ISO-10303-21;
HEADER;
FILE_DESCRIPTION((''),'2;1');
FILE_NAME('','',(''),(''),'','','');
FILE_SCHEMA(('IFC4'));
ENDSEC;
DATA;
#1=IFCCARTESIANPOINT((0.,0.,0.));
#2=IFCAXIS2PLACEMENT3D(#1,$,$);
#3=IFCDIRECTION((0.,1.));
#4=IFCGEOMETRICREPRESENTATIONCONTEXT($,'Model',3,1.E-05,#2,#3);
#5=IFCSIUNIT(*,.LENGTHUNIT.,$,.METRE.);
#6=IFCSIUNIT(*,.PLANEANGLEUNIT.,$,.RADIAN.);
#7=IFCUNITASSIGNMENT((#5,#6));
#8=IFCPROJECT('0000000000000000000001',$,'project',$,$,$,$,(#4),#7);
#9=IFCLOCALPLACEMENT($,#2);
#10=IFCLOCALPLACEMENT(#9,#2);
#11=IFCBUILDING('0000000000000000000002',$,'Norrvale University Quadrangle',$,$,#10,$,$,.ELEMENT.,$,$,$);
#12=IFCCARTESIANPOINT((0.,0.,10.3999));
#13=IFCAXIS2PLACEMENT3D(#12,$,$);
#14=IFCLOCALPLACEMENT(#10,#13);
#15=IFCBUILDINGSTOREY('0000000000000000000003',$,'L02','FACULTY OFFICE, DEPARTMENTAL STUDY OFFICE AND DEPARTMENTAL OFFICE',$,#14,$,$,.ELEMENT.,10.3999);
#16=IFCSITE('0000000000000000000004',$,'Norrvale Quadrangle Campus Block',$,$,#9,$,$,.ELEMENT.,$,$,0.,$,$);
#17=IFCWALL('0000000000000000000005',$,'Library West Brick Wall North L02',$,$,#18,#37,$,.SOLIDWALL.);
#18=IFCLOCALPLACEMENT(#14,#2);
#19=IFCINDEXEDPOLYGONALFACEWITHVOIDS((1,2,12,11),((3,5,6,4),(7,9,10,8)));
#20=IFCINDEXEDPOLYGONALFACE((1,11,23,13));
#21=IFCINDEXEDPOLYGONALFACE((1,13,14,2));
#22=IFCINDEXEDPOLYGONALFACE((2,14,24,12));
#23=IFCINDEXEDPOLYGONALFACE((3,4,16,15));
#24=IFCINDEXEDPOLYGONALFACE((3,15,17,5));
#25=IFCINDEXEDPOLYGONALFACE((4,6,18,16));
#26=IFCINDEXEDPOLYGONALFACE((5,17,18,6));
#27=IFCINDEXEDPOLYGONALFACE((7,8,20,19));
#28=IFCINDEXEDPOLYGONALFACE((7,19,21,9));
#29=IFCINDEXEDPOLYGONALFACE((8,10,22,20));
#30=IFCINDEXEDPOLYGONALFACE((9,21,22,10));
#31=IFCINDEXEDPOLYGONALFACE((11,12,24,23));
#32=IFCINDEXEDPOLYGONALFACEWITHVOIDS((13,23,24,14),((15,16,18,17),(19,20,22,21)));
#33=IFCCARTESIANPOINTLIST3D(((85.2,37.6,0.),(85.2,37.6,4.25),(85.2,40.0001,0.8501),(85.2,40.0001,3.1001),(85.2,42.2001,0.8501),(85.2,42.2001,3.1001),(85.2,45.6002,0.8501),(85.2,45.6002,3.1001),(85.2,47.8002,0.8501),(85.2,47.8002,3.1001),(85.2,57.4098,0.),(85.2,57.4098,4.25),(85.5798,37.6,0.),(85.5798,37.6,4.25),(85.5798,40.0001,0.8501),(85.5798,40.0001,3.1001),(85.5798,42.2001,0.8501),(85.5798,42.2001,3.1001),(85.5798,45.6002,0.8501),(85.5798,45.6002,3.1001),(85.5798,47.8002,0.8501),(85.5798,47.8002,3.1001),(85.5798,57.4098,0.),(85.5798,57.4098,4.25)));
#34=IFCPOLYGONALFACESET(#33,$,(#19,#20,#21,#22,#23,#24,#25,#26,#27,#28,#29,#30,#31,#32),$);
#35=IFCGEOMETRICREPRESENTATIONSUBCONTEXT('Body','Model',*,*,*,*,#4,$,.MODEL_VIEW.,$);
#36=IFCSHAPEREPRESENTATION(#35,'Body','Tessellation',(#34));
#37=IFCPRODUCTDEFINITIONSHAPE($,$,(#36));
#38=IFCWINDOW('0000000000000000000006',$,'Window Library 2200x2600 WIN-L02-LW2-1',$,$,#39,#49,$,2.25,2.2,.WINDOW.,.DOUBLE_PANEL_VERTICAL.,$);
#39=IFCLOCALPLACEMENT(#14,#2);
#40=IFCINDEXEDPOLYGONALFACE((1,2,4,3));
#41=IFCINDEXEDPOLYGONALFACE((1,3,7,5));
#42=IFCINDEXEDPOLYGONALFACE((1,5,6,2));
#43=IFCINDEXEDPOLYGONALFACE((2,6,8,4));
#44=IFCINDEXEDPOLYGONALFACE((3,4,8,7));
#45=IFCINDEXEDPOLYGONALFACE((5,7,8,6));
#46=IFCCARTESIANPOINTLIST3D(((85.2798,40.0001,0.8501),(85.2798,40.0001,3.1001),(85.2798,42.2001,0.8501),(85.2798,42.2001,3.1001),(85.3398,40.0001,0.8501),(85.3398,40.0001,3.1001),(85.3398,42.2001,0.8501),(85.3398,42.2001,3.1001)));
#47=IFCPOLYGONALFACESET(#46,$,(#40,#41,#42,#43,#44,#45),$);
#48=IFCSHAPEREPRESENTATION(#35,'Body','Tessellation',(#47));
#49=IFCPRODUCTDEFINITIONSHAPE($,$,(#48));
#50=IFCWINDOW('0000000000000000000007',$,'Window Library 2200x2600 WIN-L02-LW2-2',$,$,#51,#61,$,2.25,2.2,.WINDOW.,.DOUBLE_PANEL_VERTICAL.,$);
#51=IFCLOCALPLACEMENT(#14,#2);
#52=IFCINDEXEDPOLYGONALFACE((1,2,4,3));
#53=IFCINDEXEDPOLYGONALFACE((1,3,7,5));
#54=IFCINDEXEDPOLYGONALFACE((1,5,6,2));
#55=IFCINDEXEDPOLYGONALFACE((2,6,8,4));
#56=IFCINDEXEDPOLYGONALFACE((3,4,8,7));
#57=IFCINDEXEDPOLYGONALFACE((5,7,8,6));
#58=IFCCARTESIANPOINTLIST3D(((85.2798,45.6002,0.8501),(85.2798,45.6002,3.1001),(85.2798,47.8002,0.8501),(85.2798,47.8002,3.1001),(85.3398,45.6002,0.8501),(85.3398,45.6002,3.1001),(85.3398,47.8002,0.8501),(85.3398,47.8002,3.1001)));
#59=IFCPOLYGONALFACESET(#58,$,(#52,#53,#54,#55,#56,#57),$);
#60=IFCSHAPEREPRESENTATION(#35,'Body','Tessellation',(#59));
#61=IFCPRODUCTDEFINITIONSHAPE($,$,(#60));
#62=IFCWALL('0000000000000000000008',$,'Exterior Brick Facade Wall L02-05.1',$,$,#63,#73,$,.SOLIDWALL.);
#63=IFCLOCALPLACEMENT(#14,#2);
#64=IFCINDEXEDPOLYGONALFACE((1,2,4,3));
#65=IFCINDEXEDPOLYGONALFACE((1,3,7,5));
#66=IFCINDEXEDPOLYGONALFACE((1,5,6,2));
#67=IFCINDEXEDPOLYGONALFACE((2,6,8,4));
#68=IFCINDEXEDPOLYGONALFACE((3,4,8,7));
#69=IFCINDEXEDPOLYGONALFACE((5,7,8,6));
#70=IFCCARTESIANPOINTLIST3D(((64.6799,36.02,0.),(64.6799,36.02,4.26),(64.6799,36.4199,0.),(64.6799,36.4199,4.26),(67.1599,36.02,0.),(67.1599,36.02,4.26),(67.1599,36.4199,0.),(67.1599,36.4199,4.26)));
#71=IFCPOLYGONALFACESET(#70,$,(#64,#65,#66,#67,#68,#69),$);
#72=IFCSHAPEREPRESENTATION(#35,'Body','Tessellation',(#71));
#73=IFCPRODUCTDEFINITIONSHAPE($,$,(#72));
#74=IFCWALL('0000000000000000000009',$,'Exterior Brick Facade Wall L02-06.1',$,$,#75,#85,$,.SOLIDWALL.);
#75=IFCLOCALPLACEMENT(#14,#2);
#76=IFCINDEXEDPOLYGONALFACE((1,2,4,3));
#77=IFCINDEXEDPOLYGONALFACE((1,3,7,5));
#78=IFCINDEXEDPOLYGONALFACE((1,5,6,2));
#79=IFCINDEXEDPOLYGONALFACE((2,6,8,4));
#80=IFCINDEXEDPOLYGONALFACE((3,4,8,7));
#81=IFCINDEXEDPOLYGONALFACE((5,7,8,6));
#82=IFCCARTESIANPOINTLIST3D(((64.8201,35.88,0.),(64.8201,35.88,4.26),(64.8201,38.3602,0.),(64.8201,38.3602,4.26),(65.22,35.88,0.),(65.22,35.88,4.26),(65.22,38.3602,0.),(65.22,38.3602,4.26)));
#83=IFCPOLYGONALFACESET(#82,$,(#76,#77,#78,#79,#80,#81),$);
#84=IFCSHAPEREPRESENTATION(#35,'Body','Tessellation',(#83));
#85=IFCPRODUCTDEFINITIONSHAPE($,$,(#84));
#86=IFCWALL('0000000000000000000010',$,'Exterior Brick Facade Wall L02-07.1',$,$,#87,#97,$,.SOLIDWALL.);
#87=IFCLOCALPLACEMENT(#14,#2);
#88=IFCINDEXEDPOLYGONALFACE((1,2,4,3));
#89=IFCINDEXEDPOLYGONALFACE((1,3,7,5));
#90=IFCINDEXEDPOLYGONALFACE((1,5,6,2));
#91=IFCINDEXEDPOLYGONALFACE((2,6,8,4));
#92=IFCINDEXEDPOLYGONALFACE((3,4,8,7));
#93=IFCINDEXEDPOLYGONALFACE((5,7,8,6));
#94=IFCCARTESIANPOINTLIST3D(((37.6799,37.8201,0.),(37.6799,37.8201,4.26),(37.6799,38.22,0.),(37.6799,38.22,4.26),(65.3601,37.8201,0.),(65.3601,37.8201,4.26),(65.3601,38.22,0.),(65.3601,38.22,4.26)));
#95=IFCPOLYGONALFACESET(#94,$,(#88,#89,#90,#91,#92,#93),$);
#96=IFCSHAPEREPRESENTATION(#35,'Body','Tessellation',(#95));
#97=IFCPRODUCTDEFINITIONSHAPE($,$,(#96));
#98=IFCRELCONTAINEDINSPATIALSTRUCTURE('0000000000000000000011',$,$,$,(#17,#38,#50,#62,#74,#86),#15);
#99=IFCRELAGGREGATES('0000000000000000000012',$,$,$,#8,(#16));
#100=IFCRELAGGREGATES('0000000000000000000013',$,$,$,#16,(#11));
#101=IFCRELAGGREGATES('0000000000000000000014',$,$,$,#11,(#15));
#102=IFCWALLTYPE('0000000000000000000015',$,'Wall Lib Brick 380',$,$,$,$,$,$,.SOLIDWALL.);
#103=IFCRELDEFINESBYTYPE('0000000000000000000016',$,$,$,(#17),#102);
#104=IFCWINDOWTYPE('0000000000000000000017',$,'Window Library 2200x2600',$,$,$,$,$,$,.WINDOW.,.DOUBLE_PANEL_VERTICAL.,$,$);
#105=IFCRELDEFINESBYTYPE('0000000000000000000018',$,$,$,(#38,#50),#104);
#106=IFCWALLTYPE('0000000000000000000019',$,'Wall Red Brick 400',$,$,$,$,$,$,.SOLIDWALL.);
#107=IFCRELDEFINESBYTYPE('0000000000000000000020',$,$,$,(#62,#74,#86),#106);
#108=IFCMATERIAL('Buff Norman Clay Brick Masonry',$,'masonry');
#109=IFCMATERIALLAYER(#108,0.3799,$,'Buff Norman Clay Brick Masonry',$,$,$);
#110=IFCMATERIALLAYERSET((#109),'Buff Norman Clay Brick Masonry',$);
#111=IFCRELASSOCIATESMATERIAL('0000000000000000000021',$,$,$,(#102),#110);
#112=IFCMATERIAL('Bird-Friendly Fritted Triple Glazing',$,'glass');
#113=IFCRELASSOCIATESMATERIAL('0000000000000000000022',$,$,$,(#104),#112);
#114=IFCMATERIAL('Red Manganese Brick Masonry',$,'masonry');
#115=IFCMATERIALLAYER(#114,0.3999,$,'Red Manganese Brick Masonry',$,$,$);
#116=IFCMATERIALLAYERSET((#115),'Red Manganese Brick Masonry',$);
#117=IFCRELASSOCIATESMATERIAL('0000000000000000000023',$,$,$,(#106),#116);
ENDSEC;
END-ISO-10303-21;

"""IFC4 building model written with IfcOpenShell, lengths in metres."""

from ifc_helpers import new_model, si_unit, direction, frame, frame_2d, origin, place, context, subcontext, project, spatial, rectangle, extrude, material, layer, layer_set, type_object, element, fill, save


model = new_model("IFC4")

# Units and contexts
model_context = context("Model", 3, precision=1e-05, world=origin(), true_north=direction((0.0, 1.0)))
body_context = subcontext(model_context, "Body", "Model", "MODEL_VIEW")
ifc_project = project(units=[si_unit("LENGTHUNIT", "METRE"), si_unit("PLANEANGLEUNIT", "RADIAN")], contexts=[model_context])

# Site, building, storey
site_placement = place(None, origin())
site = spatial("IfcSite", under=ifc_project, at=site_placement, Name="Norrvale Quadrangle Campus Block", CompositionType="ELEMENT", RefElevation=0.0)
building_placement = place(site_placement, origin())
building = spatial("IfcBuilding", under=site, at=building_placement, Name="Norrvale University Quadrangle", CompositionType="ELEMENT")
storey_placement = place(building_placement, frame((0.0, 0.0, 10.3999)))
storey = spatial("IfcBuildingStorey", under=building, at=storey_placement, Name="L02", Description="FACULTY OFFICE, DEPARTMENTAL STUDY OFFICE AND DEPARTMENTAL OFFICE", CompositionType="ELEMENT", Elevation=10.3999)

# Shared definitions
ifc_material_1 = material(Name="Bird-Friendly Fritted Triple Glazing", Category="glass")

# Wall, openings, windows
ifc_material_2 = material(Name="Buff Norman Clay Brick Masonry", Category="masonry")
ifc_layer_1 = layer(ifc_material_2, 0.3799, Name="Buff Norman Clay Brick Masonry")
ifc_layer_set_1 = layer_set([ifc_layer_1], Name="Buff Norman Clay Brick Masonry")
wall_type_1 = type_object("IfcWallType", Name="Wall Lib Brick 380", PredefinedType="SOLIDWALL", material=ifc_layer_set_1)
window_type = type_object("IfcWindowType", Name="Window Library 2200x2600", PartitioningType="DOUBLE_PANEL_VERTICAL", PredefinedType="WINDOW", material=ifc_material_1)
wall_1_placement = place(storey_placement, frame((85.3899, 37.6001, 0.0), z_axis=(0.0, 0.0, 1.0), x_axis=(0.0, 1.0, 0.0)))
wall_1 = element("IfcWall", 1, at=wall_1_placement, inside=storey, type_object=wall_type_1, Name="Library West Brick Wall North L02", PredefinedType="SOLIDWALL", context=body_context, shape_type="SweptSolid", body=[
    extrude(rectangle(XDim=19.8098, YDim=0.3799, at=frame_2d((9.9048, 0.0))), origin(), (0.0, 0.0, 1.0), 4.25),
])
opening_1_placement = place(wall_1_placement, frame((2.3999, 0.0, 0.8501)))
opening_1 = element("IfcOpeningElement", 2, at=opening_1_placement, cuts=wall_1, PredefinedType="OPENING", context=body_context, shape_type="SweptSolid", body=[
    extrude(rectangle(XDim=2.2, YDim=2.25, at=frame_2d((1.1001, 1.125))), frame((0.0, 0.2019, 0.0), z_axis=(0.0, -1.0, 0.0), x_axis=(1.0, 0.0, 0.0)), (0.0, 0.0, 1.0), 0.4038),
])
opening_2_placement = place(wall_1_placement, frame((8.0, 0.0, 0.8501)))
opening_2 = element("IfcOpeningElement", 3, at=opening_2_placement, cuts=wall_1, PredefinedType="OPENING", context=body_context, shape_type="SweptSolid", body=[
    extrude(rectangle(XDim=2.2, YDim=2.25, at=frame_2d((1.1001, 1.125))), frame((0.0, 0.2019, 0.0), z_axis=(0.0, -1.0, 0.0), x_axis=(1.0, 0.0, 0.0)), (0.0, 0.0, 1.0), 0.4038),
])
window_1_placement = place(opening_1_placement, origin())
window_1 = element("IfcWindow", 4, at=window_1_placement, inside=storey, type_object=window_type, Name="Window Library 2200x2600 WIN-L02-LW2-1", OverallHeight=2.25, OverallWidth=2.2, PartitioningType="DOUBLE_PANEL_VERTICAL", PredefinedType="WINDOW", context=body_context, shape_type="SweptSolid", body=[
    extrude(rectangle(XDim=2.2, YDim=2.25, at=frame_2d((1.1001, 1.125))), frame((0.0, 0.1101, 0.0), z_axis=(0.0, -1.0, 0.0), x_axis=(1.0, 0.0, 0.0)), (0.0, 0.0, 1.0), 0.0601),
])
fill(opening_1, window_1)
window_2_placement = place(opening_2_placement, origin())
window_2 = element("IfcWindow", 5, at=window_2_placement, inside=storey, type_object=window_type, Name="Window Library 2200x2600 WIN-L02-LW2-2", OverallHeight=2.25, OverallWidth=2.2, PartitioningType="DOUBLE_PANEL_VERTICAL", PredefinedType="WINDOW", context=body_context, shape_type="SweptSolid", body=[
    extrude(rectangle(XDim=2.2, YDim=2.25, at=frame_2d((1.1001, 1.125))), frame((0.0, 0.1101, 0.0), z_axis=(0.0, -1.0, 0.0), x_axis=(1.0, 0.0, 0.0)), (0.0, 0.0, 1.0), 0.0601),
])
fill(opening_2, window_2)

# Walls
ifc_material_3 = material(Name="Red Manganese Brick Masonry", Category="masonry")
ifc_layer_2 = layer(ifc_material_3, 0.3999, Name="Red Manganese Brick Masonry")
ifc_layer_set_2 = layer_set([ifc_layer_2], Name="Red Manganese Brick Masonry")
wall_type_2 = type_object("IfcWallType", Name="Wall Red Brick 400", PredefinedType="SOLIDWALL", material=ifc_layer_set_2)
wall_2_placement = place(storey_placement, frame((67.1599, 36.22, 0.0), z_axis=(0.0, 0.0, 1.0), x_axis=(-1.0, 0.0, 0.0)))
element("IfcWall", 6, at=wall_2_placement, inside=storey, type_object=wall_type_2, Name="Exterior Brick Facade Wall L02-05.1", PredefinedType="SOLIDWALL", context=body_context, shape_type="SweptSolid", body=[
    extrude(rectangle(XDim=2.48, YDim=0.3999, at=frame_2d((1.24, 0.0))), origin(), (0.0, 0.0, 1.0), 4.26),
])
wall_3_placement = place(storey_placement, frame((65.02, 35.8799, 0.0), z_axis=(0.0, 0.0, 1.0), x_axis=(0.0, 1.0, 0.0)))
element("IfcWall", 7, at=wall_3_placement, inside=storey, type_object=wall_type_2, Name="Exterior Brick Facade Wall L02-06.1", PredefinedType="SOLIDWALL", context=body_context, shape_type="SweptSolid", body=[
    extrude(rectangle(XDim=2.4802, YDim=0.3999, at=frame_2d((1.2402, 0.0))), origin(), (0.0, 0.0, 1.0), 4.26),
])
wall_4_placement = place(storey_placement, frame((65.3601, 38.02, 0.0), z_axis=(0.0, 0.0, 1.0), x_axis=(-1.0, 0.0, 0.0)))
element("IfcWall", 8, at=wall_4_placement, inside=storey, type_object=wall_type_2, Name="Exterior Brick Facade Wall L02-07.1", PredefinedType="SOLIDWALL", context=body_context, shape_type="SweptSolid", body=[
    extrude(rectangle(XDim=27.6802, YDim=0.3999, at=frame_2d((13.8401, 0.0))), origin(), (0.0, 0.0, 1.0), 4.26),
])

save(model, "model.ifc")
